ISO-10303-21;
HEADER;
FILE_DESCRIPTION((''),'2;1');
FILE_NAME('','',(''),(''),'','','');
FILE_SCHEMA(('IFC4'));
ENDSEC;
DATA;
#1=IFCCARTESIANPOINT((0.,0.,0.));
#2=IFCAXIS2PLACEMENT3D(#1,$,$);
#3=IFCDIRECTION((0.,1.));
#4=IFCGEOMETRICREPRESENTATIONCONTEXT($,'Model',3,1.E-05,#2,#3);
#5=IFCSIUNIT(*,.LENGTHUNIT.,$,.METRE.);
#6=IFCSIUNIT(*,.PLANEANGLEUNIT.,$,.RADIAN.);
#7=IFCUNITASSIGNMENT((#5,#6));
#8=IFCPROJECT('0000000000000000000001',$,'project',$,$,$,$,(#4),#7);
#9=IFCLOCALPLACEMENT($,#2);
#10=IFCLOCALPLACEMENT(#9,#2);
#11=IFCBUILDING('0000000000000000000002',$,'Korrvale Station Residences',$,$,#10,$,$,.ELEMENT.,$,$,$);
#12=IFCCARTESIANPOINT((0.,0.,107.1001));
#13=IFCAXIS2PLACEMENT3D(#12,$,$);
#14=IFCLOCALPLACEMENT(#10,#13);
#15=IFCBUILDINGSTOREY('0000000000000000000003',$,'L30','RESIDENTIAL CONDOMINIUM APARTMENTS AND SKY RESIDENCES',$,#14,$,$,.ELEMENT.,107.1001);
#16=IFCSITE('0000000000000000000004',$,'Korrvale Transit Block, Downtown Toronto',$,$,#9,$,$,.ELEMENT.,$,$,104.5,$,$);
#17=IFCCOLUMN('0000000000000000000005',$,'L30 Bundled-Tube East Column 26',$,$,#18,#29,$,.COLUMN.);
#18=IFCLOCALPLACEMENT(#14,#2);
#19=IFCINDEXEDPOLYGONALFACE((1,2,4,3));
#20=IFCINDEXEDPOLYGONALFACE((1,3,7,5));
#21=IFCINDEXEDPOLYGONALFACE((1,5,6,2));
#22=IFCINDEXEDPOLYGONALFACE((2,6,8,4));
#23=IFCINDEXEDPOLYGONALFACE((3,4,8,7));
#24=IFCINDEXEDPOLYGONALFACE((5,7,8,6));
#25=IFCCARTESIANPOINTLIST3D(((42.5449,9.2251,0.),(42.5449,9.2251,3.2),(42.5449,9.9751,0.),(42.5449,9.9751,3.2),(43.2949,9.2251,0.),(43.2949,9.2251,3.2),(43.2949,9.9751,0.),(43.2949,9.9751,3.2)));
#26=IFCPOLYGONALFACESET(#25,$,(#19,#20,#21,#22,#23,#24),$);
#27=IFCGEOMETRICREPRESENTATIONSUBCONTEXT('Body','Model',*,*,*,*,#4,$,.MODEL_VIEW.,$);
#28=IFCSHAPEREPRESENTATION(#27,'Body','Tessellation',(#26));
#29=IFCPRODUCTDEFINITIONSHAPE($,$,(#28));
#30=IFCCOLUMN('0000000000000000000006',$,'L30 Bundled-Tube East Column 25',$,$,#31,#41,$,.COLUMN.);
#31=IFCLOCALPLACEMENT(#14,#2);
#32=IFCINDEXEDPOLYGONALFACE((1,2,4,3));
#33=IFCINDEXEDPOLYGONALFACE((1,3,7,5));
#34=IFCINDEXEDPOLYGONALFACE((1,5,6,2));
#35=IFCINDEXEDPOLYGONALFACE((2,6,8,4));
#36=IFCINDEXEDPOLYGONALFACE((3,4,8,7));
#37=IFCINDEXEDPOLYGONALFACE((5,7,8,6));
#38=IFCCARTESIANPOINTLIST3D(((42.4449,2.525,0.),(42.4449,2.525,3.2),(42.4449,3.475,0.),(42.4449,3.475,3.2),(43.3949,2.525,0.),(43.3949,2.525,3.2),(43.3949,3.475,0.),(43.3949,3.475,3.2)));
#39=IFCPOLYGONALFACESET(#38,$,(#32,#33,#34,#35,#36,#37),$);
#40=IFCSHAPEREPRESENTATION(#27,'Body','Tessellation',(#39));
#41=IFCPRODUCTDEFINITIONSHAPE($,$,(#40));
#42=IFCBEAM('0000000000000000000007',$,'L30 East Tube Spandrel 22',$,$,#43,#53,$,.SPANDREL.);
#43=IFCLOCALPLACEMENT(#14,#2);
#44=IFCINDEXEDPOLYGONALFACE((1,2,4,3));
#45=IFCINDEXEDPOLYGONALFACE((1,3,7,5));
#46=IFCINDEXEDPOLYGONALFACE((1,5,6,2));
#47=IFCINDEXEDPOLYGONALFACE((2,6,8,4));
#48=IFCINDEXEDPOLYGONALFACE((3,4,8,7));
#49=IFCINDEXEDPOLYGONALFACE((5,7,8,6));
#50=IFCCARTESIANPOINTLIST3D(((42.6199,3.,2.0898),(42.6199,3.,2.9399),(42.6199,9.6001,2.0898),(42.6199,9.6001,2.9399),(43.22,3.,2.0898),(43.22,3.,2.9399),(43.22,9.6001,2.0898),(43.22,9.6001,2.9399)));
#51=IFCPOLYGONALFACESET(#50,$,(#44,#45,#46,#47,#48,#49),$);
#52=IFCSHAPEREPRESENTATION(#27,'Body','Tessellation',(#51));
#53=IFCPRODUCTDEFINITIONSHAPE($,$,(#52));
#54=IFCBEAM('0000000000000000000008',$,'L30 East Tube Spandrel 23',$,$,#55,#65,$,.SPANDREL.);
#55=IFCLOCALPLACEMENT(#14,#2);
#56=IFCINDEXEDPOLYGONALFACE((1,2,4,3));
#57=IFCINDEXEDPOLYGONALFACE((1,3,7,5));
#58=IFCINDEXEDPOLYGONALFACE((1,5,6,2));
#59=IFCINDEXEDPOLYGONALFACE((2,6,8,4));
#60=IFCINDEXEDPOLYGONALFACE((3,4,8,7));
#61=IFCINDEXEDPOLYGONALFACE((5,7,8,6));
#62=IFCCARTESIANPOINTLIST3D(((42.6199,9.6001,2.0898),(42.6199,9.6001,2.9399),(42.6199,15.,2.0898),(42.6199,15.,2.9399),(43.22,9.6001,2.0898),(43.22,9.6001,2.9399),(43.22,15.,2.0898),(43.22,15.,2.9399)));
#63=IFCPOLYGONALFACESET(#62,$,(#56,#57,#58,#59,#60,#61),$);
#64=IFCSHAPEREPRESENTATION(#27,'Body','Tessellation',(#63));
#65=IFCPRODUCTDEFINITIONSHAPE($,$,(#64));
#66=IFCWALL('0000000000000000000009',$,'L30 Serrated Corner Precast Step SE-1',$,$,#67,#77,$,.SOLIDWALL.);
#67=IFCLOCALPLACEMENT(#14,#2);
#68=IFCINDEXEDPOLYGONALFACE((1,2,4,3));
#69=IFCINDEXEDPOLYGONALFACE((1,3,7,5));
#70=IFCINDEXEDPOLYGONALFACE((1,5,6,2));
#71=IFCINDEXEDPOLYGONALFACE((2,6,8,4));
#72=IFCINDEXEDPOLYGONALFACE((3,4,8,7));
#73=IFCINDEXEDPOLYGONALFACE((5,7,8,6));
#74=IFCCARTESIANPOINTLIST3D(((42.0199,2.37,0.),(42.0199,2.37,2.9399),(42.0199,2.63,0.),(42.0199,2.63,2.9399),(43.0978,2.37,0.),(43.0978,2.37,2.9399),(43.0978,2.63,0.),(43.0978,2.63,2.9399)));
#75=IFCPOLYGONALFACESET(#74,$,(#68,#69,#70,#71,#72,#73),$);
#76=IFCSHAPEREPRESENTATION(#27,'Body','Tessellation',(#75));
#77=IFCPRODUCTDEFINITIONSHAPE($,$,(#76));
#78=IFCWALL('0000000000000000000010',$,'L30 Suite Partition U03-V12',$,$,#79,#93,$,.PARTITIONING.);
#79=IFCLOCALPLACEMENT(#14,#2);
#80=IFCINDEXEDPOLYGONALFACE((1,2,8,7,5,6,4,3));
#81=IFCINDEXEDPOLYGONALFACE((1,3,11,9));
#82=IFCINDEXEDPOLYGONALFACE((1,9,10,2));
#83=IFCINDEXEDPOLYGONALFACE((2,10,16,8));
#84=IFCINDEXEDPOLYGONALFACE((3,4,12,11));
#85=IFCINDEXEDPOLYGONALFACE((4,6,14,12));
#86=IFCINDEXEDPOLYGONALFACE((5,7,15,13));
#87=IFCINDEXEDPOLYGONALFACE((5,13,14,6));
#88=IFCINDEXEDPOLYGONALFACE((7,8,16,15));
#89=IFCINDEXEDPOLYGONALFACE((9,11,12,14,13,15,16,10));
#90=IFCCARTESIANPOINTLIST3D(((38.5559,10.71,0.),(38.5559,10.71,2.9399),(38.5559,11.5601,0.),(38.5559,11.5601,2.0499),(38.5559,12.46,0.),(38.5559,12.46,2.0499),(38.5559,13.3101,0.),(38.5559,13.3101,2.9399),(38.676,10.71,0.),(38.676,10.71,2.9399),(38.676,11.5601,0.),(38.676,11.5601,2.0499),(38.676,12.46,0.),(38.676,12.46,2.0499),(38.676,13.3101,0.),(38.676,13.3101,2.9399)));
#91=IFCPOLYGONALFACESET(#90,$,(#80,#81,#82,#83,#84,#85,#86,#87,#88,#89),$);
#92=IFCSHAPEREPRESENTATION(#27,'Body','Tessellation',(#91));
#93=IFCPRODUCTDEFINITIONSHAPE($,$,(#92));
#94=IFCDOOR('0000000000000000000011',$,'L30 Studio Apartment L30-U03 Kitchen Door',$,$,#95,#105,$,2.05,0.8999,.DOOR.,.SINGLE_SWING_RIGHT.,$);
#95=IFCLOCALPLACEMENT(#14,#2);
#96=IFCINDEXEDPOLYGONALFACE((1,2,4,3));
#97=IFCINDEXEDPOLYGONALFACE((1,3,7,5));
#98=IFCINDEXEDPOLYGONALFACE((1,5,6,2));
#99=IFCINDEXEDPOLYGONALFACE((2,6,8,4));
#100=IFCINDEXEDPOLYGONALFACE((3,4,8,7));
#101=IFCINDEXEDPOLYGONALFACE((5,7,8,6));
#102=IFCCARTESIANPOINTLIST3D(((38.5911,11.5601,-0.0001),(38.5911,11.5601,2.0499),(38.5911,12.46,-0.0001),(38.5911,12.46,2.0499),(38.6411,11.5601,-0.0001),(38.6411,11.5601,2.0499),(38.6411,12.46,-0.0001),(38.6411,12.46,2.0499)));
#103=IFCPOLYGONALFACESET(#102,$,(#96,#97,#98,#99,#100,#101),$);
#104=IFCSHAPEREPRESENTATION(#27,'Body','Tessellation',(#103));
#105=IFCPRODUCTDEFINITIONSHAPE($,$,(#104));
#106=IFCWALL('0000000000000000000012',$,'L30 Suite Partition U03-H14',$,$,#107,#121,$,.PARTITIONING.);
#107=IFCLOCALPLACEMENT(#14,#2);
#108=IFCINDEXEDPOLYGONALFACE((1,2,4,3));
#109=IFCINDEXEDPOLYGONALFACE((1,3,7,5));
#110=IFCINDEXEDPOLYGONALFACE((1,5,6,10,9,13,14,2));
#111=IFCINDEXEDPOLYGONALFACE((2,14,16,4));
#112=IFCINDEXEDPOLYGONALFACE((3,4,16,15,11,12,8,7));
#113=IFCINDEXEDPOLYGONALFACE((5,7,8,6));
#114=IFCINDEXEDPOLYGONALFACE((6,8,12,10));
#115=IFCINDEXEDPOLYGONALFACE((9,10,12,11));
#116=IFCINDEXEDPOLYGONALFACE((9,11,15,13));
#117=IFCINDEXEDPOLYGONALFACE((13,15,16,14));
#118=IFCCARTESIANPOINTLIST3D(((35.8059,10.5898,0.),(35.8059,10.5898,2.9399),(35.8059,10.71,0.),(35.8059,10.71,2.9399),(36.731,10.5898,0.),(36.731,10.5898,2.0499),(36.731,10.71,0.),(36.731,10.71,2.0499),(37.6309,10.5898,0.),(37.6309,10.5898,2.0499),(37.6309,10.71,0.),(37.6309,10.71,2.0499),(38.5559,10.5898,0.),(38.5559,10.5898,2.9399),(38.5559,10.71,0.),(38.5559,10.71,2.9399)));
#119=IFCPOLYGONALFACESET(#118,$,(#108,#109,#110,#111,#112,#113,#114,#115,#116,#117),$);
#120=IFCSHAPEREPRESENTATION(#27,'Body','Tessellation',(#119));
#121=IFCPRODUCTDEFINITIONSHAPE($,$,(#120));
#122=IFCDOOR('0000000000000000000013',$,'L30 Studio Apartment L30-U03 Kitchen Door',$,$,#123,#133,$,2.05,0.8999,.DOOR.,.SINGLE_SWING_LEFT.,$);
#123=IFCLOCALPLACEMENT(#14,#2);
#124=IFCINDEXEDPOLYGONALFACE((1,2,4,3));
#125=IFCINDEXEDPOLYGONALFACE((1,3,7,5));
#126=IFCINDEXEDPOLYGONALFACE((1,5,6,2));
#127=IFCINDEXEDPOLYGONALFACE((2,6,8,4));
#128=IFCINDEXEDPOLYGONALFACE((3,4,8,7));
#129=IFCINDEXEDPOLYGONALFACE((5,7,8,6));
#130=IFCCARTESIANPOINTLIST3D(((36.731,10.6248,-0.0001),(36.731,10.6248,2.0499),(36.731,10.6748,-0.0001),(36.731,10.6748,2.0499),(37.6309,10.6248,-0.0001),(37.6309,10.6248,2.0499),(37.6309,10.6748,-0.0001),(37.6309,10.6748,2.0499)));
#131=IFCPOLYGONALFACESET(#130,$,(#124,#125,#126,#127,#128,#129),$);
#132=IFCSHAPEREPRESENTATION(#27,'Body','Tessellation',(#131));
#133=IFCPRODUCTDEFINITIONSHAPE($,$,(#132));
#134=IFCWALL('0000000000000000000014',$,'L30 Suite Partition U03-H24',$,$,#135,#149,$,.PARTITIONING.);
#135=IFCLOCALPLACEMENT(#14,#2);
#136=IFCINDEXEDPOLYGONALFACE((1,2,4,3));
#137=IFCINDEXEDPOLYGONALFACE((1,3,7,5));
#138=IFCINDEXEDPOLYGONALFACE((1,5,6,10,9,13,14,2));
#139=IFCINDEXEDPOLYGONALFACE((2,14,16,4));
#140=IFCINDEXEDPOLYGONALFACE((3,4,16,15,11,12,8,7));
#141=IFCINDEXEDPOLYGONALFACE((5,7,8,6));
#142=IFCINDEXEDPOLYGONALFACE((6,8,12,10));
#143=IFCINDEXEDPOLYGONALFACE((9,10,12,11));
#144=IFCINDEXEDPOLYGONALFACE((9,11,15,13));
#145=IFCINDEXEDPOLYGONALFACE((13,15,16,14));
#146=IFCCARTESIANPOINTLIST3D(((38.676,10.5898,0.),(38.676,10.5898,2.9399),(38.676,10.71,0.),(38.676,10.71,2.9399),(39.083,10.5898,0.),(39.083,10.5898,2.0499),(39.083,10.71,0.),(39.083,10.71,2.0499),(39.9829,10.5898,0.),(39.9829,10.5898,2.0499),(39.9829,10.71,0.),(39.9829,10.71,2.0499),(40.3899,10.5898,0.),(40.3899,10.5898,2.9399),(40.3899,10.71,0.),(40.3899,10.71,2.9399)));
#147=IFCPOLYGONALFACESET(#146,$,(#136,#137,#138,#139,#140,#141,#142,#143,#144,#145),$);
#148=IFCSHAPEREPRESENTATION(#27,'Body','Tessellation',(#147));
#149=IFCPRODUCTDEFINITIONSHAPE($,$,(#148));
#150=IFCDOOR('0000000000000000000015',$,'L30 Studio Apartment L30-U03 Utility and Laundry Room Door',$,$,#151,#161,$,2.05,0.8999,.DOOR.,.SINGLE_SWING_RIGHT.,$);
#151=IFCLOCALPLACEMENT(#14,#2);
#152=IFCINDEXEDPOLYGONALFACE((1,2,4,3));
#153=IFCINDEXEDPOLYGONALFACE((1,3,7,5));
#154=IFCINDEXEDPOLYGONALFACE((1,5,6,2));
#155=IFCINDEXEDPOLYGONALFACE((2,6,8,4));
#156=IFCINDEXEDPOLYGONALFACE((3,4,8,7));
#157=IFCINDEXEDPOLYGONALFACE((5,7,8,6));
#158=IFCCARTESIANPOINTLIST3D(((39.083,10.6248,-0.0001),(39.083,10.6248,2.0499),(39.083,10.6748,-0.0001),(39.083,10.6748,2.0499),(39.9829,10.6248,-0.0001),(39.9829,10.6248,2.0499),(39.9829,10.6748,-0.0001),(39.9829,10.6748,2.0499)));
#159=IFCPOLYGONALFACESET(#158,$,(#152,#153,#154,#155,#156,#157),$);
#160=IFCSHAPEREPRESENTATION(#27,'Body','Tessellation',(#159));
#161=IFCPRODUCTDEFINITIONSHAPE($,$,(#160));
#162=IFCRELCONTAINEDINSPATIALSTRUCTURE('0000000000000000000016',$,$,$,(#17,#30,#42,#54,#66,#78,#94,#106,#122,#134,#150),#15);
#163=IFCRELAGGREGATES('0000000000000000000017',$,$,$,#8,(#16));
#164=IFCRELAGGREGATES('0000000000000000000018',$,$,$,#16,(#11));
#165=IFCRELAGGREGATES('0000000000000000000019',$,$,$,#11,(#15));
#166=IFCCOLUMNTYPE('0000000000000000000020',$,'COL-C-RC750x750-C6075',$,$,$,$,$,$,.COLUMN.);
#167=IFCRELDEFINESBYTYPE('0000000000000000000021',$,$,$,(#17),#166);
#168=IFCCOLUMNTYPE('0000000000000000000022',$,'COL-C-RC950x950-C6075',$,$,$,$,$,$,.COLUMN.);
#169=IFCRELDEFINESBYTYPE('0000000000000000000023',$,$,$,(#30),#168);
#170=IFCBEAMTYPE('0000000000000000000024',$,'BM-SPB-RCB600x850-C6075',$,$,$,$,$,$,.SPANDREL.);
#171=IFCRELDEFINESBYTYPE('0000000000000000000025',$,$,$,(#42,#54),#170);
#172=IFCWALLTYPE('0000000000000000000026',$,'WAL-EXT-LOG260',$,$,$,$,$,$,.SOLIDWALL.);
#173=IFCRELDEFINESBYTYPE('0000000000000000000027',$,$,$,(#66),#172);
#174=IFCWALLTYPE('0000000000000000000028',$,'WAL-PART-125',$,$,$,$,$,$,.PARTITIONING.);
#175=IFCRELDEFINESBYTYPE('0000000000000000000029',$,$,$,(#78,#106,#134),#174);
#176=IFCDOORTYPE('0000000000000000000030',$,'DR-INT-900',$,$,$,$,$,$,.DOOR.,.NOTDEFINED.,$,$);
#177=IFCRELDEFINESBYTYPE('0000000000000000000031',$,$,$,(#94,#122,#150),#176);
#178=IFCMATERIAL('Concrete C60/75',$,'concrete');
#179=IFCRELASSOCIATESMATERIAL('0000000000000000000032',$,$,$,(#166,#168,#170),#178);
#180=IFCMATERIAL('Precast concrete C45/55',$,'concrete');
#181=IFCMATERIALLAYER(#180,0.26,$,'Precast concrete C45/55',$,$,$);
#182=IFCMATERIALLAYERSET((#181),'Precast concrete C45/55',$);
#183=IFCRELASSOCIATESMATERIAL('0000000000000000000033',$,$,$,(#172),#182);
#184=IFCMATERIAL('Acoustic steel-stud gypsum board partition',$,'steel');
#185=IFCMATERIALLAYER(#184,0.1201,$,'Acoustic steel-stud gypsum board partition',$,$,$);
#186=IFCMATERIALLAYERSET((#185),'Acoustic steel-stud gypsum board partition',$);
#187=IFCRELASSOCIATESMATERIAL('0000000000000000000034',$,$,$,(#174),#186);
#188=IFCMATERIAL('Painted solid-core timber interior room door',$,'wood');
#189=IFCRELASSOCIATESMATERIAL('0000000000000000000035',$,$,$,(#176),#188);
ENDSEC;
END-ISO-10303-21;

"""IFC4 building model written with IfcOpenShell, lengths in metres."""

from ifc_helpers import new_model, si_unit, direction, frame, frame_2d, origin, origin_2d, place, context, subcontext, project, spatial, rectangle, extrude, material, layer, layer_set, material_profile, profile_set, type_object, element, fill, save


model = new_model("IFC4")

# Units and contexts
model_context = context("Model", 3, precision=1e-05, world=origin(), true_north=direction((0.0, 1.0)))
body_context = subcontext(model_context, "Body", "Model", "MODEL_VIEW")
ifc_project = project(units=[si_unit("LENGTHUNIT", "METRE"), si_unit("PLANEANGLEUNIT", "RADIAN")], contexts=[model_context])

# Site, building, storey
site_placement = place(None, origin())
site = spatial("IfcSite", under=ifc_project, at=site_placement, Name="Korrvale Transit Block, Downtown Toronto", CompositionType="ELEMENT", RefElevation=104.5)
building_placement = place(site_placement, origin())
building = spatial("IfcBuilding", under=site, at=building_placement, Name="Korrvale Station Residences", CompositionType="ELEMENT")
storey_placement = place(building_placement, frame((0.0, 0.0, 107.1001)))
storey = spatial("IfcBuildingStorey", under=building, at=storey_placement, Name="L30", Description="RESIDENTIAL CONDOMINIUM APARTMENTS AND SKY RESIDENCES", CompositionType="ELEMENT", Elevation=107.1001)

# Columns
ifc_material_1 = material(Name="Concrete C60/75", Category="concrete")
ifc_material_profile_1 = material_profile(ifc_material_1, rectangle(XDim=0.75, YDim=0.75, at=origin_2d()), Name="RC750x750")
ifc_profile_set_1 = profile_set([ifc_material_profile_1], Name="Concrete C60/75")
column_type_1 = type_object("IfcColumnType", Name="COL-C-RC750x750-C6075", PredefinedType="COLUMN", material=ifc_profile_set_1)
column_1_placement = place(storey_placement, frame((42.9199, 9.6001, 0.0), z_axis=(0.0, 0.0, 1.0), x_axis=(1.0, 0.0, 0.0)))
element("IfcColumn", 1, at=column_1_placement, inside=storey, type_object=column_type_1, Name="L30 Bundled-Tube East Column 26", PredefinedType="COLUMN", context=body_context, shape_type="SweptSolid", body=[
    extrude(rectangle(XDim=0.75, YDim=0.75, at=origin_2d()), origin(), (0.0, 0.0, 1.0), 3.2),
])
ifc_material_profile_2 = material_profile(ifc_material_1, rectangle(XDim=0.95, YDim=0.95, at=origin_2d()), Name="RC950x950")
ifc_profile_set_2 = profile_set([ifc_material_profile_2], Name="Concrete C60/75")
column_type_2 = type_object("IfcColumnType", Name="COL-C-RC950x950-C6075", PredefinedType="COLUMN", material=ifc_profile_set_2)
column_2_placement = place(storey_placement, frame((42.9199, 3.0, 0.0), z_axis=(0.0, 0.0, 1.0), x_axis=(1.0, 0.0, 0.0)))
element("IfcColumn", 2, at=column_2_placement, inside=storey, type_object=column_type_2, Name="L30 Bundled-Tube East Column 25", PredefinedType="COLUMN", context=body_context, shape_type="SweptSolid", body=[
    extrude(rectangle(XDim=0.95, YDim=0.95, at=origin_2d()), origin(), (0.0, 0.0, 1.0), 3.2),
])

# Beams
ifc_material_profile_3 = material_profile(ifc_material_1, rectangle(XDim=0.6001, YDim=0.8501, at=origin_2d()), Name="RCB600x850")
ifc_profile_set_3 = profile_set([ifc_material_profile_3], Name="Concrete C60/75")
beam_type = type_object("IfcBeamType", Name="BM-SPB-RCB600x850-C6075", PredefinedType="SPANDREL", material=ifc_profile_set_3)
beam_1_placement = place(storey_placement, frame((42.9199, 3.0, 2.5149), z_axis=(0.0, 1.0, 0.0), x_axis=(-1.0, 0.0, 0.0)))
element("IfcBeam", 3, at=beam_1_placement, inside=storey, type_object=beam_type, Name="L30 East Tube Spandrel 22", PredefinedType="SPANDREL", context=body_context, shape_type="SweptSolid", body=[
    extrude(rectangle(XDim=0.6001, YDim=0.8501, at=origin_2d()), origin(), (0.0, 0.0, 1.0), 6.6001),
])
beam_2_placement = place(storey_placement, frame((42.9199, 9.6001, 2.5149), z_axis=(0.0, 1.0, 0.0), x_axis=(-1.0, 0.0, 0.0)))
element("IfcBeam", 4, at=beam_2_placement, inside=storey, type_object=beam_type, Name="L30 East Tube Spandrel 23", PredefinedType="SPANDREL", context=body_context, shape_type="SweptSolid", body=[
    extrude(rectangle(XDim=0.6001, YDim=0.8501, at=origin_2d()), origin(), (0.0, 0.0, 1.0), 5.3999),
])

# Wall
ifc_material_2 = material(Name="Precast concrete C45/55", Category="concrete")
ifc_layer_1 = layer(ifc_material_2, 0.26, Name="Precast concrete C45/55")
ifc_layer_set_1 = layer_set([ifc_layer_1], Name="Precast concrete C45/55")
wall_type_1 = type_object("IfcWallType", Name="WAL-EXT-LOG260", PredefinedType="SOLIDWALL", material=ifc_layer_set_1)
wall_1_placement = place(storey_placement, frame((43.0979, 2.5, 0.0), z_axis=(0.0, 0.0, 1.0), x_axis=(-1.0, 0.0, 0.0)))
element("IfcWall", 5, at=wall_1_placement, inside=storey, type_object=wall_type_1, Name="L30 Serrated Corner Precast Step SE-1", PredefinedType="SOLIDWALL", context=body_context, shape_type="SweptSolid", body=[
    extrude(rectangle(XDim=1.0779, YDim=0.26, at=frame_2d((0.5391, 0.0))), origin(), (0.0, 0.0, 1.0), 2.9399),
])

# Walls, openings, doors
ifc_material_3 = material(Name="Acoustic steel-stud gypsum board partition", Category="steel")
ifc_layer_2 = layer(ifc_material_3, 0.1201, Name="Acoustic steel-stud gypsum board partition")
ifc_layer_set_2 = layer_set([ifc_layer_2], Name="Acoustic steel-stud gypsum board partition")
wall_type_2 = type_object("IfcWallType", Name="WAL-PART-125", PredefinedType="PARTITIONING", material=ifc_layer_set_2)
wall_2_placement = place(storey_placement, frame((38.616, 10.71, 0.0), z_axis=(0.0, 0.0, 1.0), x_axis=(0.0, 1.0, 0.0)))
wall_2 = element("IfcWall", 6, at=wall_2_placement, inside=storey, type_object=wall_type_2, Name="L30 Suite Partition U03-V12", PredefinedType="PARTITIONING", context=body_context, shape_type="SweptSolid", body=[
    extrude(rectangle(XDim=2.6001, YDim=0.1201, at=frame_2d((1.3, 0.0))), origin(), (0.0, 0.0, 1.0), 2.9399),
])
opening_1_placement = place(wall_2_placement, frame((0.8501, 0.0, 0.0)))
opening_1 = element("IfcOpeningElement", 7, at=opening_1_placement, cuts=wall_2, PredefinedType="OPENING", context=body_context, shape_type="SweptSolid", body=[
    extrude(rectangle(XDim=0.8999, YDim=2.05, at=frame_2d((0.45, 1.0249))), frame((0.0, 0.0701, 0.0), z_axis=(0.0, -1.0, 0.0), x_axis=(1.0, 0.0, 0.0)), (0.0, 0.0, 1.0), 0.1401),
])
ifc_material_4 = material(Name="Painted solid-core timber interior room door", Category="wood")
door_type = type_object("IfcDoorType", Name="DR-INT-900", OperationType="NOTDEFINED", PredefinedType="DOOR", material=ifc_material_4)
door_1_placement = place(opening_1_placement, origin())
door_1 = element("IfcDoor", 8, at=door_1_placement, inside=storey, type_object=door_type, Name="L30 Studio Apartment L30-U03 Kitchen Door", OperationType="SINGLE_SWING_RIGHT", OverallHeight=2.05, OverallWidth=0.8999, PredefinedType="DOOR", context=body_context, shape_type="SweptSolid", body=[
    extrude(rectangle(XDim=0.8999, YDim=2.05, at=frame_2d((0.45, 1.0249))), frame((0.0, 0.0249, 0.0), z_axis=(0.0, -1.0, 0.0), x_axis=(1.0, 0.0, 0.0)), (0.0, 0.0, 1.0), 0.05),
])
fill(opening_1, door_1)
wall_3_placement = place(storey_placement, frame((35.8059, 10.6499, 0.0), z_axis=(0.0, 0.0, 1.0), x_axis=(1.0, 0.0, 0.0)))
wall_3 = element("IfcWall", 9, at=wall_3_placement, inside=storey, type_object=wall_type_2, Name="L30 Suite Partition U03-H14", PredefinedType="PARTITIONING", context=body_context, shape_type="SweptSolid", body=[
    extrude(rectangle(XDim=2.75, YDim=0.1201, at=frame_2d((1.375, 0.0))), origin(), (0.0, 0.0, 1.0), 2.9399),
])
opening_2_placement = place(wall_3_placement, frame((0.925, 0.0, 0.0)))
opening_2 = element("IfcOpeningElement", 10, at=opening_2_placement, cuts=wall_3, PredefinedType="OPENING", context=body_context, shape_type="SweptSolid", body=[
    extrude(rectangle(XDim=0.8999, YDim=2.05, at=frame_2d((0.45, 1.0249))), frame((0.0, 0.0701, 0.0), z_axis=(0.0, -1.0, 0.0), x_axis=(1.0, 0.0, 0.0)), (0.0, 0.0, 1.0), 0.1401),
])
door_2_placement = place(opening_2_placement, origin())
door_2 = element("IfcDoor", 11, at=door_2_placement, inside=storey, type_object=door_type, Name="L30 Studio Apartment L30-U03 Kitchen Door", OperationType="SINGLE_SWING_LEFT", OverallHeight=2.05, OverallWidth=0.8999, PredefinedType="DOOR", context=body_context, shape_type="SweptSolid", body=[
    extrude(rectangle(XDim=0.8999, YDim=2.05, at=frame_2d((0.45, 1.0249))), frame((0.0, 0.0249, 0.0), z_axis=(0.0, -1.0, 0.0), x_axis=(1.0, 0.0, 0.0)), (0.0, 0.0, 1.0), 0.05),
])
fill(opening_2, door_2)
wall_4_placement = place(storey_placement, frame((38.676, 10.6499, 0.0), z_axis=(0.0, 0.0, 1.0), x_axis=(1.0, 0.0, 0.0)))
wall_4 = element("IfcWall", 12, at=wall_4_placement, inside=storey, type_object=wall_type_2, Name="L30 Suite Partition U03-H24", PredefinedType="PARTITIONING", context=body_context, shape_type="SweptSolid", body=[
    extrude(rectangle(XDim=1.7139, YDim=0.1201, at=frame_2d((0.8569, 0.0))), origin(), (0.0, 0.0, 1.0), 2.9399),
])
opening_3_placement = place(wall_4_placement, frame((0.407, 0.0, 0.0)))
opening_3 = element("IfcOpeningElement", 13, at=opening_3_placement, cuts=wall_4, PredefinedType="OPENING", context=body_context, shape_type="SweptSolid", body=[
    extrude(rectangle(XDim=0.8999, YDim=2.05, at=frame_2d((0.45, 1.0249))), frame((0.0, 0.0701, 0.0), z_axis=(0.0, -1.0, 0.0), x_axis=(1.0, 0.0, 0.0)), (0.0, 0.0, 1.0), 0.1401),
])
door_3_placement = place(opening_3_placement, origin())
door_3 = element("IfcDoor", 14, at=door_3_placement, inside=storey, type_object=door_type, Name="L30 Studio Apartment L30-U03 Utility and Laundry Room Door", OperationType="SINGLE_SWING_RIGHT", OverallHeight=2.05, OverallWidth=0.8999, PredefinedType="DOOR", context=body_context, shape_type="SweptSolid", body=[
    extrude(rectangle(XDim=0.8999, YDim=2.05, at=frame_2d((0.45, 1.0249))), frame((0.0, 0.0249, 0.0), z_axis=(0.0, -1.0, 0.0), x_axis=(1.0, 0.0, 0.0)), (0.0, 0.0, 1.0), 0.05),
])
fill(opening_3, door_3)

save(model, "model.ifc")
